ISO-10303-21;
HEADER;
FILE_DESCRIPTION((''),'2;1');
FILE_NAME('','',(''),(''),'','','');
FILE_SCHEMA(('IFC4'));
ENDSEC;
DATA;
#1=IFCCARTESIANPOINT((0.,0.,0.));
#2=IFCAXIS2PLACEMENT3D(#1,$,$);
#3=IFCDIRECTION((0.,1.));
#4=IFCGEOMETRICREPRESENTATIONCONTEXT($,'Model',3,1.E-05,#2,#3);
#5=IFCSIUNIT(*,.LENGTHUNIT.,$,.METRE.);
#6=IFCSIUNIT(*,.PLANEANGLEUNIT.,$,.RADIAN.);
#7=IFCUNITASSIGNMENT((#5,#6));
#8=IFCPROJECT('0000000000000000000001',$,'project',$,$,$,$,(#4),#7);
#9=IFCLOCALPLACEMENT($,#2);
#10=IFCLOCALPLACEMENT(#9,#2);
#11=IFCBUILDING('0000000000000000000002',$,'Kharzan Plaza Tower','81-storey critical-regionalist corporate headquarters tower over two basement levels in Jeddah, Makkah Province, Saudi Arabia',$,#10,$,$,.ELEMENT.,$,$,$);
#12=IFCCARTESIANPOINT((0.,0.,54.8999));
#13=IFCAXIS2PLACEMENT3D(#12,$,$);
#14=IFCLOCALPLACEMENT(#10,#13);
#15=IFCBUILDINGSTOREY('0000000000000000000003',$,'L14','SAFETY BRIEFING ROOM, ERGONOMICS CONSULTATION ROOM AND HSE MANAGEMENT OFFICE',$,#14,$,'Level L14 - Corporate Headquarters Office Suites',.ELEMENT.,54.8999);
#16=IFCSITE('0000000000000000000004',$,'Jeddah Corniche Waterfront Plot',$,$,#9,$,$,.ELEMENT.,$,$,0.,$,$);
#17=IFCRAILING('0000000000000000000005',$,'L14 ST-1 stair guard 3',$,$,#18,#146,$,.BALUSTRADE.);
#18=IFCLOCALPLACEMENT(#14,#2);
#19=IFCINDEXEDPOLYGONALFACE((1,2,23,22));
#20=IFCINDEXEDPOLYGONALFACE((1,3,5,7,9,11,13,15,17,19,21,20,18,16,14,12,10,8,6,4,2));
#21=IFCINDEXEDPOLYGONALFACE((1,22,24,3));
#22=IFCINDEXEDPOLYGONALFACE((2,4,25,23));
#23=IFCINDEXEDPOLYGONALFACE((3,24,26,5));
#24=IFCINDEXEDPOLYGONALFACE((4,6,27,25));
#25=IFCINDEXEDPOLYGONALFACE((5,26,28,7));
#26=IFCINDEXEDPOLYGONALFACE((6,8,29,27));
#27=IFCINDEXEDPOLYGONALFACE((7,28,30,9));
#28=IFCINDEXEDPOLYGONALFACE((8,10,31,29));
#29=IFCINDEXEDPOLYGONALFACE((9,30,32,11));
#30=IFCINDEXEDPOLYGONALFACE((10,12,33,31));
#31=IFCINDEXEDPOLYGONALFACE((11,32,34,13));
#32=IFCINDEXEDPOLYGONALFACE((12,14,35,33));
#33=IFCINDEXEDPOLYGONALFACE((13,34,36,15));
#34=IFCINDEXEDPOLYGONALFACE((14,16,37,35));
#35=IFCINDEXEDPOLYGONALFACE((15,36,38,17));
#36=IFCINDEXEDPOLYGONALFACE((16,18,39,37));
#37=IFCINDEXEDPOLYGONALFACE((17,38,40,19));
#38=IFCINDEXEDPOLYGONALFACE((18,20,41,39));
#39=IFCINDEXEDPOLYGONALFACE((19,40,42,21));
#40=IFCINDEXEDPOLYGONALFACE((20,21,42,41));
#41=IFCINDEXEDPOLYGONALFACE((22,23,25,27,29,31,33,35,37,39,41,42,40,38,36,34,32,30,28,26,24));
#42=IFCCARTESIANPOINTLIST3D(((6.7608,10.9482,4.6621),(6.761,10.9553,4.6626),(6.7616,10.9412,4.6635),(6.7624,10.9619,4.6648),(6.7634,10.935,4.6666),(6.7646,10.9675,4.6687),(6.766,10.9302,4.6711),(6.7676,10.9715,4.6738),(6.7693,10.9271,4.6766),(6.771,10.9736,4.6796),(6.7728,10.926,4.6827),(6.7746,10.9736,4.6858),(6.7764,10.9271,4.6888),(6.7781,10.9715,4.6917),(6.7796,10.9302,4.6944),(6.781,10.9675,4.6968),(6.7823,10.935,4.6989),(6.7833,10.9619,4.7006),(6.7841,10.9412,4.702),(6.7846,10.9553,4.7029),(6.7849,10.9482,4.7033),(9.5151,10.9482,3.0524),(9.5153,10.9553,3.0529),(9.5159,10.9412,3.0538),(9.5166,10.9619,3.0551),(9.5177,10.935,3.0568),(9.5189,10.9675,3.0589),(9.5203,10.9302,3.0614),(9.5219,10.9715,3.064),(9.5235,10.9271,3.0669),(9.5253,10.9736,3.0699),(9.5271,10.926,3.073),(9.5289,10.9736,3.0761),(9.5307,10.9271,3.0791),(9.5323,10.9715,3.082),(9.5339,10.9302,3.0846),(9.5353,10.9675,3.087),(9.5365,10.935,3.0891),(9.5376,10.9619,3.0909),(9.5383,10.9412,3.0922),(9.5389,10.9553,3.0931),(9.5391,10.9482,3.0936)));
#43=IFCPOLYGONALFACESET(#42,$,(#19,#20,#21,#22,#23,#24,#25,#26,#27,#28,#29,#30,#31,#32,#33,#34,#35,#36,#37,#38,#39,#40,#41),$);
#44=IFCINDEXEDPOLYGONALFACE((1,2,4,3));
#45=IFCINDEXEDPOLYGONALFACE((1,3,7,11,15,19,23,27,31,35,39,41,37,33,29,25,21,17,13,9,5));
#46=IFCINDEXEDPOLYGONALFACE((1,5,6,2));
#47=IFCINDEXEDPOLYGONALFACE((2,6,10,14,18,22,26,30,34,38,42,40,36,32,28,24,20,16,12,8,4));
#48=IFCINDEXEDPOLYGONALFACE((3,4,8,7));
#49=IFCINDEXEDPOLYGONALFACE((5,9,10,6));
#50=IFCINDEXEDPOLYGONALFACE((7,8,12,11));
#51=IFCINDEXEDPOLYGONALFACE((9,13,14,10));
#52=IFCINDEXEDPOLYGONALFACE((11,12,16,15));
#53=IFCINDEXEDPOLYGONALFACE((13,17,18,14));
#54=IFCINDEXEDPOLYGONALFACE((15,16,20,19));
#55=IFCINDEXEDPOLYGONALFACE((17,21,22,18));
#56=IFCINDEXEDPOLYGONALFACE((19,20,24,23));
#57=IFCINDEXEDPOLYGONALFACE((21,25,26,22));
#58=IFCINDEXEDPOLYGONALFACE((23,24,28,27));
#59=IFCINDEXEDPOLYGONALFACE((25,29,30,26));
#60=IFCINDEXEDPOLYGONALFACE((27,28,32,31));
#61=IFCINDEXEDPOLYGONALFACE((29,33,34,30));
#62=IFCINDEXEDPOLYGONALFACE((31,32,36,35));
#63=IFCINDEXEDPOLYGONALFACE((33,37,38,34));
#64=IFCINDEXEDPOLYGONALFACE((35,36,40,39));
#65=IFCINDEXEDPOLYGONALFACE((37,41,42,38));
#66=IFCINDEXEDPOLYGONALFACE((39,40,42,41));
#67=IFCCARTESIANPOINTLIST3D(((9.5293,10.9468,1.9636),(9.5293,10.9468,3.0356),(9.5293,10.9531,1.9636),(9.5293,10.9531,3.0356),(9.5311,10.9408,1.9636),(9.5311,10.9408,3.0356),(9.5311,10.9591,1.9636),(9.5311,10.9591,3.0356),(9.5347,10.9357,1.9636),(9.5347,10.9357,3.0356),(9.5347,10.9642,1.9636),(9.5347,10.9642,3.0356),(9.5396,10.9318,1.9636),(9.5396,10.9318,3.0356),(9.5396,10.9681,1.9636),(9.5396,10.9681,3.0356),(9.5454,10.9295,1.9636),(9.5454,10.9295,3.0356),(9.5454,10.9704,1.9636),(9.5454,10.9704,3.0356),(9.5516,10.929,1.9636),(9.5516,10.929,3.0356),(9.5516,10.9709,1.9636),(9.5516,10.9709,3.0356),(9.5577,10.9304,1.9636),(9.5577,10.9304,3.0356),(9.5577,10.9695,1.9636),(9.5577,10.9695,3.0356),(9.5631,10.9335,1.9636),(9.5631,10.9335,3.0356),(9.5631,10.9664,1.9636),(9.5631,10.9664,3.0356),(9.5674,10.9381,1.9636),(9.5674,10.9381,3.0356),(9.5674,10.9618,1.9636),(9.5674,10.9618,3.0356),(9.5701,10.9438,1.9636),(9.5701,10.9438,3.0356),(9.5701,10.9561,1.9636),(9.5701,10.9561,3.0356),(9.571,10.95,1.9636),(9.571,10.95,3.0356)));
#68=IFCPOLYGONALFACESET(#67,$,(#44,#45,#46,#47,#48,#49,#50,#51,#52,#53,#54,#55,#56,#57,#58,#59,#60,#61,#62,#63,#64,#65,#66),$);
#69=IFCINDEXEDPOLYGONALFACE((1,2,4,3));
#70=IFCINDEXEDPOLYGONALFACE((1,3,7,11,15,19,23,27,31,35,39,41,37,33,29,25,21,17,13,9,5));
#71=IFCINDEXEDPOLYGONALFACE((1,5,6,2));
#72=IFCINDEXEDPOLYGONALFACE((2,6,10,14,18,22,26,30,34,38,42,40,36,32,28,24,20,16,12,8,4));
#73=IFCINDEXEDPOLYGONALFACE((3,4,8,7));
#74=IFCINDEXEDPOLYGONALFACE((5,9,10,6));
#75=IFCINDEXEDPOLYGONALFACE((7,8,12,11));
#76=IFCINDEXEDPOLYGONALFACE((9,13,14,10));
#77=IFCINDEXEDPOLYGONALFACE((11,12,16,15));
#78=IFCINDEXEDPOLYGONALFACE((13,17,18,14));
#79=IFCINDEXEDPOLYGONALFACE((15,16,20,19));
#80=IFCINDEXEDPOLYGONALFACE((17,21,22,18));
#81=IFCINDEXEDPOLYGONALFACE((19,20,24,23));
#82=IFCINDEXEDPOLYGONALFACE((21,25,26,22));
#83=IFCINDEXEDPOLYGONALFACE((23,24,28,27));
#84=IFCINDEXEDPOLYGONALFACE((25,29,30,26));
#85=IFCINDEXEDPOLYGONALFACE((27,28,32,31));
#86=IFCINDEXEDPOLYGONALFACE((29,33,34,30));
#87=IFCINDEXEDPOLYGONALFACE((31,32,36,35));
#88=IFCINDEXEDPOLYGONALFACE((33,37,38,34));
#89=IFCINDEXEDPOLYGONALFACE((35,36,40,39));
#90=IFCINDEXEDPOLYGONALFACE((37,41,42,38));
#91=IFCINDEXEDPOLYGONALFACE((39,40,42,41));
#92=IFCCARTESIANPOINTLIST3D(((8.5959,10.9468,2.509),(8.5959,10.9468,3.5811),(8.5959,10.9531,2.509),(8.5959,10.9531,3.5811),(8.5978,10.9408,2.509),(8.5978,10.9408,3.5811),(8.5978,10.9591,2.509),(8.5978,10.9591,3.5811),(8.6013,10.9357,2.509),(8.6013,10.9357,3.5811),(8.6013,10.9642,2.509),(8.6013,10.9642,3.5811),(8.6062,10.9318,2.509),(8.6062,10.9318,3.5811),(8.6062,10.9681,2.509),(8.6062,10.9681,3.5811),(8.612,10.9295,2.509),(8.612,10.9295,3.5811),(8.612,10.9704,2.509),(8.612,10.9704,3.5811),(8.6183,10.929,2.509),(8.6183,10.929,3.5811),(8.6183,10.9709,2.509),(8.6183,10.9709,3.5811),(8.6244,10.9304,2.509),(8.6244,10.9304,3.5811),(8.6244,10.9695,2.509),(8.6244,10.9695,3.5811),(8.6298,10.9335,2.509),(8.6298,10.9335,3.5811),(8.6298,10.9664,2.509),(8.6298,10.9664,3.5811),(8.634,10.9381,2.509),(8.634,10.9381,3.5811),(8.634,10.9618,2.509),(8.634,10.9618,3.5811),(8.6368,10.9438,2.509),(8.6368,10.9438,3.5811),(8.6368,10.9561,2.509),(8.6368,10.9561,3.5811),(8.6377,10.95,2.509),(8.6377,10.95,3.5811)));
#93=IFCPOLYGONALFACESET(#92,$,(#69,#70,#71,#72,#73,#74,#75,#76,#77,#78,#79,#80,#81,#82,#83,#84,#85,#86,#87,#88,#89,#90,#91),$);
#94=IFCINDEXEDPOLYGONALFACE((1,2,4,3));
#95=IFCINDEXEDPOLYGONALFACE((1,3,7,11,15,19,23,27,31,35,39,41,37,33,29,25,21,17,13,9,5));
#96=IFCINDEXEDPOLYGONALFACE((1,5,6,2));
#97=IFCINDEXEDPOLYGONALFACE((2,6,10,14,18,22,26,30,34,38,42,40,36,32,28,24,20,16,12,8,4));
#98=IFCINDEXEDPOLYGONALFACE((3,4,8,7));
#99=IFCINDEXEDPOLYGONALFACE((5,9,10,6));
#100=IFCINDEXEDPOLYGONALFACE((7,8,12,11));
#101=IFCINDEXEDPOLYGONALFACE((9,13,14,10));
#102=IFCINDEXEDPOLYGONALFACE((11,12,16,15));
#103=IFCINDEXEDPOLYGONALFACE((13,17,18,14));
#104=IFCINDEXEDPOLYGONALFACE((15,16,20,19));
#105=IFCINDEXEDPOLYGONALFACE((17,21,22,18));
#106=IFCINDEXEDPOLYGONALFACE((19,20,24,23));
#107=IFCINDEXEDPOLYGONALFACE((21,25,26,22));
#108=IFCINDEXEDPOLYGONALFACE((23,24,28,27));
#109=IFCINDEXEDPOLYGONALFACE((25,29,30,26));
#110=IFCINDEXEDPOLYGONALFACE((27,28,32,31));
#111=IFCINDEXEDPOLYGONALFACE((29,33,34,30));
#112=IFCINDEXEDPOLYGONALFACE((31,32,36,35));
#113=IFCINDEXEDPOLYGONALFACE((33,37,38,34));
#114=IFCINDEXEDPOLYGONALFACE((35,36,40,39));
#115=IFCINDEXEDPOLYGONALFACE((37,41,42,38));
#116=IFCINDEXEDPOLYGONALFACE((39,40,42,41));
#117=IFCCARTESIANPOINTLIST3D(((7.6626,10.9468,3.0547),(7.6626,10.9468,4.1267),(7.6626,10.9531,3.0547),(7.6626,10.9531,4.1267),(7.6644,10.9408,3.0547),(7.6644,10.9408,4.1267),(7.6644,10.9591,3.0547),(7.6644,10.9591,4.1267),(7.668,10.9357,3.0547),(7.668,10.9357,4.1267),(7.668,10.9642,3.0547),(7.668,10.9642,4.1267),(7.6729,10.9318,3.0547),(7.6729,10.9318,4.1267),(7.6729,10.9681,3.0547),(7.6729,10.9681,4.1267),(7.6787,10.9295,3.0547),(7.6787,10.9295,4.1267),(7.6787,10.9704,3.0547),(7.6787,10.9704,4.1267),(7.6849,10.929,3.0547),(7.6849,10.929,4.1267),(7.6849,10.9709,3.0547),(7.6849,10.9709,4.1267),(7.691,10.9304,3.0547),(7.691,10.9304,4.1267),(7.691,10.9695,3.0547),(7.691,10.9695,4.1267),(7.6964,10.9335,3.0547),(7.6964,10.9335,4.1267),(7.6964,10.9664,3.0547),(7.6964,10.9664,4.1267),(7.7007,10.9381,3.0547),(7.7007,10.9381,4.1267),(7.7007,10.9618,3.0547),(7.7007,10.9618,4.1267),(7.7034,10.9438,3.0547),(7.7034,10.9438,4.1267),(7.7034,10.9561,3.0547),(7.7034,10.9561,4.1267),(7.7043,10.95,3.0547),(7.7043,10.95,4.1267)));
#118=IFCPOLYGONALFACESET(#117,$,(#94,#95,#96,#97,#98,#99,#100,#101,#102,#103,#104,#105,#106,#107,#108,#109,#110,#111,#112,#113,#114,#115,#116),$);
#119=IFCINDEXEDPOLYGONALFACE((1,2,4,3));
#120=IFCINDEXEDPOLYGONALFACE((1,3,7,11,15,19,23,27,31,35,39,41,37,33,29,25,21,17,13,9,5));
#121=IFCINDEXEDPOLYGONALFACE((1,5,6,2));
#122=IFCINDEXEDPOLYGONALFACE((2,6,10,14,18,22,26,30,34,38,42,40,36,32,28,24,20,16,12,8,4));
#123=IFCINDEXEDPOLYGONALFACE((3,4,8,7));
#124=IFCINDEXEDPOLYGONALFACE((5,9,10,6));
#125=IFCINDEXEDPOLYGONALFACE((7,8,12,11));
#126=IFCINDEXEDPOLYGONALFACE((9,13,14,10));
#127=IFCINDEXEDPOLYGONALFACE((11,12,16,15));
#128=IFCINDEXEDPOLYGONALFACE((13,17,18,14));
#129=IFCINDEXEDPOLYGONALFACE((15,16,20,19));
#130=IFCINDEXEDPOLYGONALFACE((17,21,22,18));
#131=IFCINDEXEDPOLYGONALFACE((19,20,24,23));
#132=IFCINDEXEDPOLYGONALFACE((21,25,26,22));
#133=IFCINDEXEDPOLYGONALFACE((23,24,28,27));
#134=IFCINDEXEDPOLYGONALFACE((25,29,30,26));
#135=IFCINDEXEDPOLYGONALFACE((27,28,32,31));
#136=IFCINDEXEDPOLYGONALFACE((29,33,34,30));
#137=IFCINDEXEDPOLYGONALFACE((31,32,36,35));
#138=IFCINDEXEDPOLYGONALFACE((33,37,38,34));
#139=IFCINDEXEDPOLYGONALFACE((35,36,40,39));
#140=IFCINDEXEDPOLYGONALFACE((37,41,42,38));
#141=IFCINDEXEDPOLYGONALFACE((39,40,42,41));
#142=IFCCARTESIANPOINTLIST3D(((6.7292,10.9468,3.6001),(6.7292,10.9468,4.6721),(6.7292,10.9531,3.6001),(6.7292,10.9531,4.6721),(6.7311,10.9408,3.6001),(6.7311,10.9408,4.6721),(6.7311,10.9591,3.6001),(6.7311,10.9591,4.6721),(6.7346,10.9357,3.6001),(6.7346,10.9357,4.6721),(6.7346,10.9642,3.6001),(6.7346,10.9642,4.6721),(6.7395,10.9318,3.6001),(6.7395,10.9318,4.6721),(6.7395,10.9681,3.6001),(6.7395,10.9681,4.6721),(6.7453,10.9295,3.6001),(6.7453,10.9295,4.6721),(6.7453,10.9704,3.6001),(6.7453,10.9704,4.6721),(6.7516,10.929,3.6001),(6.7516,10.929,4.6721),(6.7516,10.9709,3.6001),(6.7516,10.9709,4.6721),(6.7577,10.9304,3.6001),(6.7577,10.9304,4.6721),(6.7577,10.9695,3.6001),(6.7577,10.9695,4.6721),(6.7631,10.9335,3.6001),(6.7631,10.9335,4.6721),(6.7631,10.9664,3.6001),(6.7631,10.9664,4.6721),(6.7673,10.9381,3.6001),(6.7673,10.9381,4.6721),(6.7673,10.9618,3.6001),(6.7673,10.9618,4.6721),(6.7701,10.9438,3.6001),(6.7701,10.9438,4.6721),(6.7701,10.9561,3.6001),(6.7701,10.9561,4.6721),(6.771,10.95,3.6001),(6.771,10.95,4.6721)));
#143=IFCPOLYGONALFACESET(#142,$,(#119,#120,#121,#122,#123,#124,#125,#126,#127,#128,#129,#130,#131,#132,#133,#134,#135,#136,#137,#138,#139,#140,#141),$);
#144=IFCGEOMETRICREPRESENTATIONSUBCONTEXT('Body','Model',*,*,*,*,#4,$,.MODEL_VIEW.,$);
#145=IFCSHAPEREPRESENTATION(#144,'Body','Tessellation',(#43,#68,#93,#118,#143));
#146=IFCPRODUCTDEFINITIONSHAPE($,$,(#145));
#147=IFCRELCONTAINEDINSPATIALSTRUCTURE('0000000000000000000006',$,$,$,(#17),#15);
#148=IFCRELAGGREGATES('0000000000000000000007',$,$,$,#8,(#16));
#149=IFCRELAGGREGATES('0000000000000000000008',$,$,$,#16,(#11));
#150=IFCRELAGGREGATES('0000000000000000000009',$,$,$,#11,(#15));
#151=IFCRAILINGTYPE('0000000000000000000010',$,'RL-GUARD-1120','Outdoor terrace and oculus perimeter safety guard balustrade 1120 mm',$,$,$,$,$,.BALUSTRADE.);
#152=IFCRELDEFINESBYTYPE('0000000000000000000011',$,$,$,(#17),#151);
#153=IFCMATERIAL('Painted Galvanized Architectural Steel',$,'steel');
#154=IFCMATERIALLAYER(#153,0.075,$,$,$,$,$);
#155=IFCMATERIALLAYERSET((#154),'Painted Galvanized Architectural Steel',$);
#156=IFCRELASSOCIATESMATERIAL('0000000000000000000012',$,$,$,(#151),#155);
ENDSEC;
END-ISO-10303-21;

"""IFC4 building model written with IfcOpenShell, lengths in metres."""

from ifc_helpers import new_model, si_unit, direction, frame, origin, origin_2d, place, context, subcontext, project, spatial, circle, extrude, source, transform, mapped, material, layer, layer_set, type_object, element, save


model = new_model("IFC4")

# Units and contexts
model_context = context("Model", 3, precision=1e-05, world=origin(), true_north=direction((0.0, 1.0)))
body_context = subcontext(model_context, "Body", "Model", "MODEL_VIEW")
ifc_project = project(units=[si_unit("LENGTHUNIT", "METRE"), si_unit("PLANEANGLEUNIT", "RADIAN")], contexts=[model_context])

# Site, building, storey
site_placement = place(None, origin())
site = spatial("IfcSite", under=ifc_project, at=site_placement, Name="Jeddah Corniche Waterfront Plot", CompositionType="ELEMENT", RefElevation=0.0)
building_placement = place(site_placement, origin())
building = spatial("IfcBuilding", under=site, at=building_placement, Name="Kharzan Plaza Tower", Description="81-storey critical-regionalist corporate headquarters tower over two basement levels in Jeddah, Makkah Province, Saudi Arabia", CompositionType="ELEMENT")
storey_placement = place(building_placement, frame((0.0, 0.0, 54.8999)))
storey = spatial("IfcBuildingStorey", under=building, at=storey_placement, Name="L14", Description="SAFETY BRIEFING ROOM, ERGONOMICS CONSULTATION ROOM AND HSE MANAGEMENT OFFICE", LongName="Level L14 - Corporate Headquarters Office Suites", CompositionType="ELEMENT", Elevation=54.8999)

# Railing
ifc_material_1 = material(Name="Painted Galvanized Architectural Steel", Category="steel")
ifc_layer_1 = layer(ifc_material_1, 0.075)
ifc_layer_set_1 = layer_set([ifc_layer_1], Name="Painted Galvanized Architectural Steel")
railing_type_1 = type_object("IfcRailingType", Name="RL-GUARD-1120", Description="Outdoor terrace and oculus perimeter safety guard balustrade 1120 mm", PredefinedType="BALUSTRADE", material=ifc_layer_set_1)
shared_shape_1 = source(origin(), body_context, "Body", "SweptSolid", [
    extrude(circle(Radius=0.0239, at=origin_2d()), frame((-0.0229, 0.0, 1.1094), z_axis=(-0.863361, 0.0, 0.504587), x_axis=(0.0, -1.0, 0.0)), (0.0, 0.0, 1.0), 3.1902),
    extrude(circle(Radius=0.021, at=origin_2d()), origin(), (0.0, 0.0, 1.0), 1.072),
    extrude(circle(Radius=0.021, at=origin_2d()), frame((-0.9333, 0.0, 0.5454)), (0.0, 0.0, 1.0), 1.072),
    extrude(circle(Radius=0.021, at=origin_2d()), frame((-1.8667, 0.0, 1.0911)), (0.0, 0.0, 1.0), 1.072),
    extrude(circle(Radius=0.021, at=origin_2d()), frame((-2.8, 0.0, 1.6365)), (0.0, 0.0, 1.0), 1.072),
])
railing_1_placement = place(storey_placement, frame((9.55, 10.95, 1.9636)))
element("IfcRailing", 1, at=railing_1_placement, inside=storey, type_object=railing_type_1, Name="L14 ST-1 stair guard 3", PredefinedType="BALUSTRADE", context=body_context, shape_type="MappedRepresentation", body=[
    mapped(shared_shape_1, transform((0.0, 0.0, 0.0), x_axis=(1.0, 0.0, 0.0), y_axis=(0.0, 1.0, 0.0), z_axis=(0.0, 0.0, 1.0))),
])

save(model, "model.ifc")
